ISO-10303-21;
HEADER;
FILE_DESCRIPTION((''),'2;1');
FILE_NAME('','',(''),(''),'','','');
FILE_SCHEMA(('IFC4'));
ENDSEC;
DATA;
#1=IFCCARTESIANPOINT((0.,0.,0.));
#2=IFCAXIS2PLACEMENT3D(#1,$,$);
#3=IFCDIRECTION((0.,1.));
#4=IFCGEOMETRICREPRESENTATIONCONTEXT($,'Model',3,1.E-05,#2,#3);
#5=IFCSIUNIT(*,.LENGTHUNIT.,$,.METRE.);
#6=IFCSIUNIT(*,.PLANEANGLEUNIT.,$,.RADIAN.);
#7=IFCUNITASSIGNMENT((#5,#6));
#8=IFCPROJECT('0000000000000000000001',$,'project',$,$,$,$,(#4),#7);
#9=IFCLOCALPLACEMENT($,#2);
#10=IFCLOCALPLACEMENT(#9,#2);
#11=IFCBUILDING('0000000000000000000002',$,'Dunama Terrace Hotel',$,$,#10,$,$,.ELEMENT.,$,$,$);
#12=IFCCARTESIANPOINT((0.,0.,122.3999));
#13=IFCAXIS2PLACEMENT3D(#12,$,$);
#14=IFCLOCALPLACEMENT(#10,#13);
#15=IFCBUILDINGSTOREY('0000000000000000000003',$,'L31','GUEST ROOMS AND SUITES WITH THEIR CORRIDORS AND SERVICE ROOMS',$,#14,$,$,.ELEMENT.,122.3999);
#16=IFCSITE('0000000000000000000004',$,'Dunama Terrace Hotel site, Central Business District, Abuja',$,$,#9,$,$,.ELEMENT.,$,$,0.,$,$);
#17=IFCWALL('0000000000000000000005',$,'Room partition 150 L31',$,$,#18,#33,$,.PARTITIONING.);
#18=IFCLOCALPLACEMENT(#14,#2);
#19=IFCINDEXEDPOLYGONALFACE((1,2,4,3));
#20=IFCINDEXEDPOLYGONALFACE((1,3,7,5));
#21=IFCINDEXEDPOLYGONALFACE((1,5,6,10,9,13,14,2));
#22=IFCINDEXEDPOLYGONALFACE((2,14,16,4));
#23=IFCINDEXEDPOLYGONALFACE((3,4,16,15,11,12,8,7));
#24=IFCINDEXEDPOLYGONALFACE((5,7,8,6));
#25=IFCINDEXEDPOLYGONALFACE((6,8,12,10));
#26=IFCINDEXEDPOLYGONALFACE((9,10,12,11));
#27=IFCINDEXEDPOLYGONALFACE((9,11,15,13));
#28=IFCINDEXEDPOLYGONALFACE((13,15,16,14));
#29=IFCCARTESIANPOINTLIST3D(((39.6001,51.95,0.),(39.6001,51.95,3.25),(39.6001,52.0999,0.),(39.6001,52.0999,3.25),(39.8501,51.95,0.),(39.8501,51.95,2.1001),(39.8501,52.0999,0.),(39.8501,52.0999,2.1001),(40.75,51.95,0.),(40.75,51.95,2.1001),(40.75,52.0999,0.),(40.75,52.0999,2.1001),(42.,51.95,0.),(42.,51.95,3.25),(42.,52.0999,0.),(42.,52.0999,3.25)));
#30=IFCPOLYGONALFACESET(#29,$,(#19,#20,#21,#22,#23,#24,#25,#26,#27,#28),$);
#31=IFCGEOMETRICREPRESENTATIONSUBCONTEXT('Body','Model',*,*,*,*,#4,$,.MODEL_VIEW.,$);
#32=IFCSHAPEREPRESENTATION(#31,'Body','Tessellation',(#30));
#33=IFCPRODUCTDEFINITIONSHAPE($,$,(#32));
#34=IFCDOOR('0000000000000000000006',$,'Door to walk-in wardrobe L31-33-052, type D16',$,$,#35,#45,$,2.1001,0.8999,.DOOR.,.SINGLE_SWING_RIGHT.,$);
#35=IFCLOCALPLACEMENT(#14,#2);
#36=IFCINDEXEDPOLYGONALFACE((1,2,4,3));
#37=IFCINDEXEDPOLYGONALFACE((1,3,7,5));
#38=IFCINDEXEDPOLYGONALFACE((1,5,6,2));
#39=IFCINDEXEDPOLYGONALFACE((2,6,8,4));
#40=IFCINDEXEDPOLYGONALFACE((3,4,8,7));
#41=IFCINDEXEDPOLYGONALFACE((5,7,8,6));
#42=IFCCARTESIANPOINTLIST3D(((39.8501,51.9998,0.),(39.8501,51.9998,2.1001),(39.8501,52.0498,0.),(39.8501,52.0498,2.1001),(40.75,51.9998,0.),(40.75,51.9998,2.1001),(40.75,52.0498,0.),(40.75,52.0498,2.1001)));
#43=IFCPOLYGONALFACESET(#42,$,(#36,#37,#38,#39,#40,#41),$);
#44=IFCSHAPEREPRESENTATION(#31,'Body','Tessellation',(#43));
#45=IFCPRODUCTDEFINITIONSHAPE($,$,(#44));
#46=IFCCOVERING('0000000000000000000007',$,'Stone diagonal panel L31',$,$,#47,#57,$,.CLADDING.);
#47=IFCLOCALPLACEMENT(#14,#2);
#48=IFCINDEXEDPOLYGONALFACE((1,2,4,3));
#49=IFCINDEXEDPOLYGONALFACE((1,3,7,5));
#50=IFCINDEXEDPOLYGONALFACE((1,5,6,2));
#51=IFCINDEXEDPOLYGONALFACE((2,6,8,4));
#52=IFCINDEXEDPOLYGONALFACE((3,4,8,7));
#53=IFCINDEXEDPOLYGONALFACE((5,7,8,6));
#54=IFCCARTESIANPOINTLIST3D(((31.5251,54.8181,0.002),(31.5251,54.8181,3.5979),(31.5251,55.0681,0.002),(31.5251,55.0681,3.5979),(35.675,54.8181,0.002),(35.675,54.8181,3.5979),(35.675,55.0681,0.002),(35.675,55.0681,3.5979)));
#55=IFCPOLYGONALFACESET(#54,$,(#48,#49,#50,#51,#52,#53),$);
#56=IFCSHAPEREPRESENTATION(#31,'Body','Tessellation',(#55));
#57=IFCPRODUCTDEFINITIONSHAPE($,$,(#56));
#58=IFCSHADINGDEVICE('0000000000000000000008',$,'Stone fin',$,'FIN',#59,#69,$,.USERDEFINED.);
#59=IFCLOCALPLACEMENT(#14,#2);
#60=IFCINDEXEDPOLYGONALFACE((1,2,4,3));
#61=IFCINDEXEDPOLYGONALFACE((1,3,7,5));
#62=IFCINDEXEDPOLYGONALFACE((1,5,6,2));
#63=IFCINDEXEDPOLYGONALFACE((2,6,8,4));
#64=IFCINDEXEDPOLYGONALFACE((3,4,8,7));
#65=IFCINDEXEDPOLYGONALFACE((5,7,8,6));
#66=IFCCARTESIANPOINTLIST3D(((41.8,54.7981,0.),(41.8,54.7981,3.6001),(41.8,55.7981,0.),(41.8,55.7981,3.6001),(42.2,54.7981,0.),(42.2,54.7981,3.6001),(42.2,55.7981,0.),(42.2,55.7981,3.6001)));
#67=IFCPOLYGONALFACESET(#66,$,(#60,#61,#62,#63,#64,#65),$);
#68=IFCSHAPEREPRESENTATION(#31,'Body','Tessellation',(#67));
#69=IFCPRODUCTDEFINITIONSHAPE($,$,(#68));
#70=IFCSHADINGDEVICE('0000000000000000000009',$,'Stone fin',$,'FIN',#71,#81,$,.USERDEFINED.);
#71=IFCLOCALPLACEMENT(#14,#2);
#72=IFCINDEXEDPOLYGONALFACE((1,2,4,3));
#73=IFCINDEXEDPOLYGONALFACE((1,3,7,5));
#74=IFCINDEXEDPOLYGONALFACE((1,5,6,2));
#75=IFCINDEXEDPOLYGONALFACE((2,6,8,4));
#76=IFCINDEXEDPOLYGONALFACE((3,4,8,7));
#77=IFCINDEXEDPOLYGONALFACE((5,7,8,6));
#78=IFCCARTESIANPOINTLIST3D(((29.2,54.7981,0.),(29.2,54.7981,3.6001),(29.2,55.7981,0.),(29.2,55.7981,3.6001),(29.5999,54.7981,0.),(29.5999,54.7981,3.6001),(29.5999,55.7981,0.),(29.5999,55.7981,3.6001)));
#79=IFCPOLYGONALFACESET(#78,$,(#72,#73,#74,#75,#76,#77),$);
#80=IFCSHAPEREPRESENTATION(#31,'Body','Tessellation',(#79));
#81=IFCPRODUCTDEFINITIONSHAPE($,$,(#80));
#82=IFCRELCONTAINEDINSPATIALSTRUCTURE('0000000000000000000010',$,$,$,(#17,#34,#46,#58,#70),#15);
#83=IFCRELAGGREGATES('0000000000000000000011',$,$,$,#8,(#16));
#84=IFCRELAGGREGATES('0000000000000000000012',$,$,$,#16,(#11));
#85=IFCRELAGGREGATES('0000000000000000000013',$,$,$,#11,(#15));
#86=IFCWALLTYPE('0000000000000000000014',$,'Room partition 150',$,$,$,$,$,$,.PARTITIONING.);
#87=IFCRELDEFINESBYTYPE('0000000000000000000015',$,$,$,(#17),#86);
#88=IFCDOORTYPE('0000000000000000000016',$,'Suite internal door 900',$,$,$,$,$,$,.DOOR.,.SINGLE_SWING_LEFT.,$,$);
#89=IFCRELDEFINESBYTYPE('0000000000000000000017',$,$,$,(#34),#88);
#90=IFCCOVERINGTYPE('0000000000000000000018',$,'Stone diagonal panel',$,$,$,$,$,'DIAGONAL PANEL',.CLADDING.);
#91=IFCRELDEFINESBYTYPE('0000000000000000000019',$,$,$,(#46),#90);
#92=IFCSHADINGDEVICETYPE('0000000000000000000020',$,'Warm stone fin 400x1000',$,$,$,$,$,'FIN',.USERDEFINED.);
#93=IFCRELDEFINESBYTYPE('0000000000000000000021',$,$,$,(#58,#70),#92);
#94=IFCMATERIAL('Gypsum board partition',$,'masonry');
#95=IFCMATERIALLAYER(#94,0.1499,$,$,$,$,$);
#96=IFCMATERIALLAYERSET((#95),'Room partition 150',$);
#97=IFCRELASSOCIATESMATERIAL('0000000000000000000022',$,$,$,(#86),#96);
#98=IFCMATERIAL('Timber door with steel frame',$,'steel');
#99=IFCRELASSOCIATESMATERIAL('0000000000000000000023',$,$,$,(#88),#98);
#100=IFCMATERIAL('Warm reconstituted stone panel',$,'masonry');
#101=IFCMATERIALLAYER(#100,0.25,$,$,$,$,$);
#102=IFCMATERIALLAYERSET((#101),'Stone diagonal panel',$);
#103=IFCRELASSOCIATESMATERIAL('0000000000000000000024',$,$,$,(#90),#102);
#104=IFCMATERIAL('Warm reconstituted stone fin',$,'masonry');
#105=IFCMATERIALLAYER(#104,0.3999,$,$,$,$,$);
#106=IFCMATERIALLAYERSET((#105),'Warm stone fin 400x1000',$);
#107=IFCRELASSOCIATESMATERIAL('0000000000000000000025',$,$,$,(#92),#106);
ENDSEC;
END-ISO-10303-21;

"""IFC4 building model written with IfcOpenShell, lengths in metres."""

from ifc_helpers import new_model, si_unit, direction, frame, frame_2d, origin, origin_2d, place, context, subcontext, project, spatial, rectangle, extrude, material, layer, layer_set, type_object, element, fill, save


model = new_model("IFC4")

# Units and contexts
model_context = context("Model", 3, precision=1e-05, world=origin(), true_north=direction((0.0, 1.0)))
body_context = subcontext(model_context, "Body", "Model", "MODEL_VIEW")
ifc_project = project(units=[si_unit("LENGTHUNIT", "METRE"), si_unit("PLANEANGLEUNIT", "RADIAN")], contexts=[model_context])

# Site, building, storey
site_placement = place(None, origin())
site = spatial("IfcSite", under=ifc_project, at=site_placement, Name="Dunama Terrace Hotel site, Central Business District, Abuja", CompositionType="ELEMENT", RefElevation=0.0)
building_placement = place(site_placement, origin())
building = spatial("IfcBuilding", under=site, at=building_placement, Name="Dunama Terrace Hotel", CompositionType="ELEMENT")
storey_placement = place(building_placement, frame((0.0, 0.0, 122.3999)))
storey = spatial("IfcBuildingStorey", under=building, at=storey_placement, Name="L31", Description="GUEST ROOMS AND SUITES WITH THEIR CORRIDORS AND SERVICE ROOMS", CompositionType="ELEMENT", Elevation=122.3999)

# Shared definitions
ifc_material_1 = material(Name="Gypsum board partition", Category="masonry")
ifc_layer_1 = layer(ifc_material_1, 0.1499)
ifc_layer_set_1 = layer_set([ifc_layer_1], Name="Room partition 150")
wall_type_1 = type_object("IfcWallType", Name="Room partition 150", PredefinedType="PARTITIONING", material=ifc_layer_set_1)

# Shared definitions
ifc_material_2 = material(Name="Timber door with steel frame", Category="steel")
door_type_1 = type_object("IfcDoorType", Name="Suite internal door 900", OperationType="SINGLE_SWING_LEFT", PredefinedType="DOOR", material=ifc_material_2)

# Wall, opening, door
wall_1_placement = place(storey_placement, frame((39.6001, 52.0249, 0.0), z_axis=(0.0, 0.0, 1.0), x_axis=(1.0, 0.0, 0.0)))
wall_1 = element("IfcWall", 1, at=wall_1_placement, inside=storey, type_object=wall_type_1, Name="Room partition 150 L31", PredefinedType="PARTITIONING", context=body_context, shape_type="SweptSolid", body=[
    extrude(rectangle(XDim=2.3999, YDim=0.1499, at=frame_2d((1.2, 0.0))), origin(), (0.0, 0.0, 1.0), 3.25),
])
opening_1_placement = place(wall_1_placement, frame((0.25, 0.0, 0.0)))
opening_1 = element("IfcOpeningElement", 2, at=opening_1_placement, cuts=wall_1, PredefinedType="OPENING", context=body_context, shape_type="SweptSolid", body=[
    extrude(rectangle(XDim=0.8999, YDim=2.1001, at=frame_2d((0.45, 1.05))), frame((0.0, 0.085, 0.0), z_axis=(0.0, -1.0, 0.0), x_axis=(1.0, 0.0, 0.0)), (0.0, 0.0, 1.0), 0.1699),
])
door_1_placement = place(opening_1_placement, frame((0.8999, 0.0, 0.0), z_axis=(0.0, 0.0, 1.0), x_axis=(-1.0, 0.0, 0.0)))
door_1 = element("IfcDoor", 3, at=door_1_placement, inside=storey, type_object=door_type_1, Name="Door to walk-in wardrobe L31-33-052, type D16", OperationType="SINGLE_SWING_RIGHT", OverallHeight=2.1001, OverallWidth=0.8999, PredefinedType="DOOR", context=body_context, shape_type="SweptSolid", body=[
    extrude(rectangle(XDim=0.8999, YDim=2.1001, at=frame_2d((0.45, 1.05))), frame((0.0, 0.0251, 0.0), z_axis=(0.0, -1.0, 0.0), x_axis=(1.0, 0.0, 0.0)), (0.0, 0.0, 1.0), 0.05),
])
fill(opening_1, door_1)

# Covering
ifc_material_3 = material(Name="Warm reconstituted stone panel", Category="masonry")
ifc_layer_2 = layer(ifc_material_3, 0.25)
ifc_layer_set_2 = layer_set([ifc_layer_2], Name="Stone diagonal panel")
covering_type = type_object("IfcCoveringType", Name="Stone diagonal panel", ElementType="DIAGONAL PANEL", PredefinedType="CLADDING", material=ifc_layer_set_2)
covering_placement = place(storey_placement, frame((33.6001, 54.9431, 0.002), z_axis=(0.0, 0.0, 1.0), x_axis=(-1.0, 0.0, 0.0)))
element("IfcCovering", 4, at=covering_placement, inside=storey, type_object=covering_type, Name="Stone diagonal panel L31", PredefinedType="CLADDING", context=body_context, shape_type="SweptSolid", body=[
    extrude(rectangle(XDim=4.1499, YDim=0.25, at=origin_2d()), origin(), (0.0, 0.0, 1.0), 3.5959),
])

# Shading devices
ifc_material_4 = material(Name="Warm reconstituted stone fin", Category="masonry")
ifc_layer_3 = layer(ifc_material_4, 0.3999)
ifc_layer_set_3 = layer_set([ifc_layer_3], Name="Warm stone fin 400x1000")
shading_device_type = type_object("IfcShadingDeviceType", Name="Warm stone fin 400x1000", ElementType="FIN", PredefinedType="USERDEFINED", material=ifc_layer_set_3)
for number, where, z_axis, x_axis, name in (
    (5, (42.0, 55.2981, 0.0), (0.0, 0.0, 1.0), (-1.0, 0.0, 0.0), "Stone fin"),
    (6, (29.3999, 55.2981, 0.0), (0.0, 0.0, 1.0), (-1.0, 0.0, 0.0), "Stone fin"),
):
    element("IfcShadingDevice", number, at=place(storey_placement, frame(where, z_axis=z_axis, x_axis=x_axis)), inside=storey, type_object=shading_device_type, Name=name, ObjectType="FIN", PredefinedType="USERDEFINED", context=body_context, shape_type="SweptSolid", body=[
        extrude(rectangle(XDim=0.3999, YDim=1.0, at=origin_2d()), origin(), (0.0, 0.0, 1.0), 3.6001),
    ])

save(model, "model.ifc")
